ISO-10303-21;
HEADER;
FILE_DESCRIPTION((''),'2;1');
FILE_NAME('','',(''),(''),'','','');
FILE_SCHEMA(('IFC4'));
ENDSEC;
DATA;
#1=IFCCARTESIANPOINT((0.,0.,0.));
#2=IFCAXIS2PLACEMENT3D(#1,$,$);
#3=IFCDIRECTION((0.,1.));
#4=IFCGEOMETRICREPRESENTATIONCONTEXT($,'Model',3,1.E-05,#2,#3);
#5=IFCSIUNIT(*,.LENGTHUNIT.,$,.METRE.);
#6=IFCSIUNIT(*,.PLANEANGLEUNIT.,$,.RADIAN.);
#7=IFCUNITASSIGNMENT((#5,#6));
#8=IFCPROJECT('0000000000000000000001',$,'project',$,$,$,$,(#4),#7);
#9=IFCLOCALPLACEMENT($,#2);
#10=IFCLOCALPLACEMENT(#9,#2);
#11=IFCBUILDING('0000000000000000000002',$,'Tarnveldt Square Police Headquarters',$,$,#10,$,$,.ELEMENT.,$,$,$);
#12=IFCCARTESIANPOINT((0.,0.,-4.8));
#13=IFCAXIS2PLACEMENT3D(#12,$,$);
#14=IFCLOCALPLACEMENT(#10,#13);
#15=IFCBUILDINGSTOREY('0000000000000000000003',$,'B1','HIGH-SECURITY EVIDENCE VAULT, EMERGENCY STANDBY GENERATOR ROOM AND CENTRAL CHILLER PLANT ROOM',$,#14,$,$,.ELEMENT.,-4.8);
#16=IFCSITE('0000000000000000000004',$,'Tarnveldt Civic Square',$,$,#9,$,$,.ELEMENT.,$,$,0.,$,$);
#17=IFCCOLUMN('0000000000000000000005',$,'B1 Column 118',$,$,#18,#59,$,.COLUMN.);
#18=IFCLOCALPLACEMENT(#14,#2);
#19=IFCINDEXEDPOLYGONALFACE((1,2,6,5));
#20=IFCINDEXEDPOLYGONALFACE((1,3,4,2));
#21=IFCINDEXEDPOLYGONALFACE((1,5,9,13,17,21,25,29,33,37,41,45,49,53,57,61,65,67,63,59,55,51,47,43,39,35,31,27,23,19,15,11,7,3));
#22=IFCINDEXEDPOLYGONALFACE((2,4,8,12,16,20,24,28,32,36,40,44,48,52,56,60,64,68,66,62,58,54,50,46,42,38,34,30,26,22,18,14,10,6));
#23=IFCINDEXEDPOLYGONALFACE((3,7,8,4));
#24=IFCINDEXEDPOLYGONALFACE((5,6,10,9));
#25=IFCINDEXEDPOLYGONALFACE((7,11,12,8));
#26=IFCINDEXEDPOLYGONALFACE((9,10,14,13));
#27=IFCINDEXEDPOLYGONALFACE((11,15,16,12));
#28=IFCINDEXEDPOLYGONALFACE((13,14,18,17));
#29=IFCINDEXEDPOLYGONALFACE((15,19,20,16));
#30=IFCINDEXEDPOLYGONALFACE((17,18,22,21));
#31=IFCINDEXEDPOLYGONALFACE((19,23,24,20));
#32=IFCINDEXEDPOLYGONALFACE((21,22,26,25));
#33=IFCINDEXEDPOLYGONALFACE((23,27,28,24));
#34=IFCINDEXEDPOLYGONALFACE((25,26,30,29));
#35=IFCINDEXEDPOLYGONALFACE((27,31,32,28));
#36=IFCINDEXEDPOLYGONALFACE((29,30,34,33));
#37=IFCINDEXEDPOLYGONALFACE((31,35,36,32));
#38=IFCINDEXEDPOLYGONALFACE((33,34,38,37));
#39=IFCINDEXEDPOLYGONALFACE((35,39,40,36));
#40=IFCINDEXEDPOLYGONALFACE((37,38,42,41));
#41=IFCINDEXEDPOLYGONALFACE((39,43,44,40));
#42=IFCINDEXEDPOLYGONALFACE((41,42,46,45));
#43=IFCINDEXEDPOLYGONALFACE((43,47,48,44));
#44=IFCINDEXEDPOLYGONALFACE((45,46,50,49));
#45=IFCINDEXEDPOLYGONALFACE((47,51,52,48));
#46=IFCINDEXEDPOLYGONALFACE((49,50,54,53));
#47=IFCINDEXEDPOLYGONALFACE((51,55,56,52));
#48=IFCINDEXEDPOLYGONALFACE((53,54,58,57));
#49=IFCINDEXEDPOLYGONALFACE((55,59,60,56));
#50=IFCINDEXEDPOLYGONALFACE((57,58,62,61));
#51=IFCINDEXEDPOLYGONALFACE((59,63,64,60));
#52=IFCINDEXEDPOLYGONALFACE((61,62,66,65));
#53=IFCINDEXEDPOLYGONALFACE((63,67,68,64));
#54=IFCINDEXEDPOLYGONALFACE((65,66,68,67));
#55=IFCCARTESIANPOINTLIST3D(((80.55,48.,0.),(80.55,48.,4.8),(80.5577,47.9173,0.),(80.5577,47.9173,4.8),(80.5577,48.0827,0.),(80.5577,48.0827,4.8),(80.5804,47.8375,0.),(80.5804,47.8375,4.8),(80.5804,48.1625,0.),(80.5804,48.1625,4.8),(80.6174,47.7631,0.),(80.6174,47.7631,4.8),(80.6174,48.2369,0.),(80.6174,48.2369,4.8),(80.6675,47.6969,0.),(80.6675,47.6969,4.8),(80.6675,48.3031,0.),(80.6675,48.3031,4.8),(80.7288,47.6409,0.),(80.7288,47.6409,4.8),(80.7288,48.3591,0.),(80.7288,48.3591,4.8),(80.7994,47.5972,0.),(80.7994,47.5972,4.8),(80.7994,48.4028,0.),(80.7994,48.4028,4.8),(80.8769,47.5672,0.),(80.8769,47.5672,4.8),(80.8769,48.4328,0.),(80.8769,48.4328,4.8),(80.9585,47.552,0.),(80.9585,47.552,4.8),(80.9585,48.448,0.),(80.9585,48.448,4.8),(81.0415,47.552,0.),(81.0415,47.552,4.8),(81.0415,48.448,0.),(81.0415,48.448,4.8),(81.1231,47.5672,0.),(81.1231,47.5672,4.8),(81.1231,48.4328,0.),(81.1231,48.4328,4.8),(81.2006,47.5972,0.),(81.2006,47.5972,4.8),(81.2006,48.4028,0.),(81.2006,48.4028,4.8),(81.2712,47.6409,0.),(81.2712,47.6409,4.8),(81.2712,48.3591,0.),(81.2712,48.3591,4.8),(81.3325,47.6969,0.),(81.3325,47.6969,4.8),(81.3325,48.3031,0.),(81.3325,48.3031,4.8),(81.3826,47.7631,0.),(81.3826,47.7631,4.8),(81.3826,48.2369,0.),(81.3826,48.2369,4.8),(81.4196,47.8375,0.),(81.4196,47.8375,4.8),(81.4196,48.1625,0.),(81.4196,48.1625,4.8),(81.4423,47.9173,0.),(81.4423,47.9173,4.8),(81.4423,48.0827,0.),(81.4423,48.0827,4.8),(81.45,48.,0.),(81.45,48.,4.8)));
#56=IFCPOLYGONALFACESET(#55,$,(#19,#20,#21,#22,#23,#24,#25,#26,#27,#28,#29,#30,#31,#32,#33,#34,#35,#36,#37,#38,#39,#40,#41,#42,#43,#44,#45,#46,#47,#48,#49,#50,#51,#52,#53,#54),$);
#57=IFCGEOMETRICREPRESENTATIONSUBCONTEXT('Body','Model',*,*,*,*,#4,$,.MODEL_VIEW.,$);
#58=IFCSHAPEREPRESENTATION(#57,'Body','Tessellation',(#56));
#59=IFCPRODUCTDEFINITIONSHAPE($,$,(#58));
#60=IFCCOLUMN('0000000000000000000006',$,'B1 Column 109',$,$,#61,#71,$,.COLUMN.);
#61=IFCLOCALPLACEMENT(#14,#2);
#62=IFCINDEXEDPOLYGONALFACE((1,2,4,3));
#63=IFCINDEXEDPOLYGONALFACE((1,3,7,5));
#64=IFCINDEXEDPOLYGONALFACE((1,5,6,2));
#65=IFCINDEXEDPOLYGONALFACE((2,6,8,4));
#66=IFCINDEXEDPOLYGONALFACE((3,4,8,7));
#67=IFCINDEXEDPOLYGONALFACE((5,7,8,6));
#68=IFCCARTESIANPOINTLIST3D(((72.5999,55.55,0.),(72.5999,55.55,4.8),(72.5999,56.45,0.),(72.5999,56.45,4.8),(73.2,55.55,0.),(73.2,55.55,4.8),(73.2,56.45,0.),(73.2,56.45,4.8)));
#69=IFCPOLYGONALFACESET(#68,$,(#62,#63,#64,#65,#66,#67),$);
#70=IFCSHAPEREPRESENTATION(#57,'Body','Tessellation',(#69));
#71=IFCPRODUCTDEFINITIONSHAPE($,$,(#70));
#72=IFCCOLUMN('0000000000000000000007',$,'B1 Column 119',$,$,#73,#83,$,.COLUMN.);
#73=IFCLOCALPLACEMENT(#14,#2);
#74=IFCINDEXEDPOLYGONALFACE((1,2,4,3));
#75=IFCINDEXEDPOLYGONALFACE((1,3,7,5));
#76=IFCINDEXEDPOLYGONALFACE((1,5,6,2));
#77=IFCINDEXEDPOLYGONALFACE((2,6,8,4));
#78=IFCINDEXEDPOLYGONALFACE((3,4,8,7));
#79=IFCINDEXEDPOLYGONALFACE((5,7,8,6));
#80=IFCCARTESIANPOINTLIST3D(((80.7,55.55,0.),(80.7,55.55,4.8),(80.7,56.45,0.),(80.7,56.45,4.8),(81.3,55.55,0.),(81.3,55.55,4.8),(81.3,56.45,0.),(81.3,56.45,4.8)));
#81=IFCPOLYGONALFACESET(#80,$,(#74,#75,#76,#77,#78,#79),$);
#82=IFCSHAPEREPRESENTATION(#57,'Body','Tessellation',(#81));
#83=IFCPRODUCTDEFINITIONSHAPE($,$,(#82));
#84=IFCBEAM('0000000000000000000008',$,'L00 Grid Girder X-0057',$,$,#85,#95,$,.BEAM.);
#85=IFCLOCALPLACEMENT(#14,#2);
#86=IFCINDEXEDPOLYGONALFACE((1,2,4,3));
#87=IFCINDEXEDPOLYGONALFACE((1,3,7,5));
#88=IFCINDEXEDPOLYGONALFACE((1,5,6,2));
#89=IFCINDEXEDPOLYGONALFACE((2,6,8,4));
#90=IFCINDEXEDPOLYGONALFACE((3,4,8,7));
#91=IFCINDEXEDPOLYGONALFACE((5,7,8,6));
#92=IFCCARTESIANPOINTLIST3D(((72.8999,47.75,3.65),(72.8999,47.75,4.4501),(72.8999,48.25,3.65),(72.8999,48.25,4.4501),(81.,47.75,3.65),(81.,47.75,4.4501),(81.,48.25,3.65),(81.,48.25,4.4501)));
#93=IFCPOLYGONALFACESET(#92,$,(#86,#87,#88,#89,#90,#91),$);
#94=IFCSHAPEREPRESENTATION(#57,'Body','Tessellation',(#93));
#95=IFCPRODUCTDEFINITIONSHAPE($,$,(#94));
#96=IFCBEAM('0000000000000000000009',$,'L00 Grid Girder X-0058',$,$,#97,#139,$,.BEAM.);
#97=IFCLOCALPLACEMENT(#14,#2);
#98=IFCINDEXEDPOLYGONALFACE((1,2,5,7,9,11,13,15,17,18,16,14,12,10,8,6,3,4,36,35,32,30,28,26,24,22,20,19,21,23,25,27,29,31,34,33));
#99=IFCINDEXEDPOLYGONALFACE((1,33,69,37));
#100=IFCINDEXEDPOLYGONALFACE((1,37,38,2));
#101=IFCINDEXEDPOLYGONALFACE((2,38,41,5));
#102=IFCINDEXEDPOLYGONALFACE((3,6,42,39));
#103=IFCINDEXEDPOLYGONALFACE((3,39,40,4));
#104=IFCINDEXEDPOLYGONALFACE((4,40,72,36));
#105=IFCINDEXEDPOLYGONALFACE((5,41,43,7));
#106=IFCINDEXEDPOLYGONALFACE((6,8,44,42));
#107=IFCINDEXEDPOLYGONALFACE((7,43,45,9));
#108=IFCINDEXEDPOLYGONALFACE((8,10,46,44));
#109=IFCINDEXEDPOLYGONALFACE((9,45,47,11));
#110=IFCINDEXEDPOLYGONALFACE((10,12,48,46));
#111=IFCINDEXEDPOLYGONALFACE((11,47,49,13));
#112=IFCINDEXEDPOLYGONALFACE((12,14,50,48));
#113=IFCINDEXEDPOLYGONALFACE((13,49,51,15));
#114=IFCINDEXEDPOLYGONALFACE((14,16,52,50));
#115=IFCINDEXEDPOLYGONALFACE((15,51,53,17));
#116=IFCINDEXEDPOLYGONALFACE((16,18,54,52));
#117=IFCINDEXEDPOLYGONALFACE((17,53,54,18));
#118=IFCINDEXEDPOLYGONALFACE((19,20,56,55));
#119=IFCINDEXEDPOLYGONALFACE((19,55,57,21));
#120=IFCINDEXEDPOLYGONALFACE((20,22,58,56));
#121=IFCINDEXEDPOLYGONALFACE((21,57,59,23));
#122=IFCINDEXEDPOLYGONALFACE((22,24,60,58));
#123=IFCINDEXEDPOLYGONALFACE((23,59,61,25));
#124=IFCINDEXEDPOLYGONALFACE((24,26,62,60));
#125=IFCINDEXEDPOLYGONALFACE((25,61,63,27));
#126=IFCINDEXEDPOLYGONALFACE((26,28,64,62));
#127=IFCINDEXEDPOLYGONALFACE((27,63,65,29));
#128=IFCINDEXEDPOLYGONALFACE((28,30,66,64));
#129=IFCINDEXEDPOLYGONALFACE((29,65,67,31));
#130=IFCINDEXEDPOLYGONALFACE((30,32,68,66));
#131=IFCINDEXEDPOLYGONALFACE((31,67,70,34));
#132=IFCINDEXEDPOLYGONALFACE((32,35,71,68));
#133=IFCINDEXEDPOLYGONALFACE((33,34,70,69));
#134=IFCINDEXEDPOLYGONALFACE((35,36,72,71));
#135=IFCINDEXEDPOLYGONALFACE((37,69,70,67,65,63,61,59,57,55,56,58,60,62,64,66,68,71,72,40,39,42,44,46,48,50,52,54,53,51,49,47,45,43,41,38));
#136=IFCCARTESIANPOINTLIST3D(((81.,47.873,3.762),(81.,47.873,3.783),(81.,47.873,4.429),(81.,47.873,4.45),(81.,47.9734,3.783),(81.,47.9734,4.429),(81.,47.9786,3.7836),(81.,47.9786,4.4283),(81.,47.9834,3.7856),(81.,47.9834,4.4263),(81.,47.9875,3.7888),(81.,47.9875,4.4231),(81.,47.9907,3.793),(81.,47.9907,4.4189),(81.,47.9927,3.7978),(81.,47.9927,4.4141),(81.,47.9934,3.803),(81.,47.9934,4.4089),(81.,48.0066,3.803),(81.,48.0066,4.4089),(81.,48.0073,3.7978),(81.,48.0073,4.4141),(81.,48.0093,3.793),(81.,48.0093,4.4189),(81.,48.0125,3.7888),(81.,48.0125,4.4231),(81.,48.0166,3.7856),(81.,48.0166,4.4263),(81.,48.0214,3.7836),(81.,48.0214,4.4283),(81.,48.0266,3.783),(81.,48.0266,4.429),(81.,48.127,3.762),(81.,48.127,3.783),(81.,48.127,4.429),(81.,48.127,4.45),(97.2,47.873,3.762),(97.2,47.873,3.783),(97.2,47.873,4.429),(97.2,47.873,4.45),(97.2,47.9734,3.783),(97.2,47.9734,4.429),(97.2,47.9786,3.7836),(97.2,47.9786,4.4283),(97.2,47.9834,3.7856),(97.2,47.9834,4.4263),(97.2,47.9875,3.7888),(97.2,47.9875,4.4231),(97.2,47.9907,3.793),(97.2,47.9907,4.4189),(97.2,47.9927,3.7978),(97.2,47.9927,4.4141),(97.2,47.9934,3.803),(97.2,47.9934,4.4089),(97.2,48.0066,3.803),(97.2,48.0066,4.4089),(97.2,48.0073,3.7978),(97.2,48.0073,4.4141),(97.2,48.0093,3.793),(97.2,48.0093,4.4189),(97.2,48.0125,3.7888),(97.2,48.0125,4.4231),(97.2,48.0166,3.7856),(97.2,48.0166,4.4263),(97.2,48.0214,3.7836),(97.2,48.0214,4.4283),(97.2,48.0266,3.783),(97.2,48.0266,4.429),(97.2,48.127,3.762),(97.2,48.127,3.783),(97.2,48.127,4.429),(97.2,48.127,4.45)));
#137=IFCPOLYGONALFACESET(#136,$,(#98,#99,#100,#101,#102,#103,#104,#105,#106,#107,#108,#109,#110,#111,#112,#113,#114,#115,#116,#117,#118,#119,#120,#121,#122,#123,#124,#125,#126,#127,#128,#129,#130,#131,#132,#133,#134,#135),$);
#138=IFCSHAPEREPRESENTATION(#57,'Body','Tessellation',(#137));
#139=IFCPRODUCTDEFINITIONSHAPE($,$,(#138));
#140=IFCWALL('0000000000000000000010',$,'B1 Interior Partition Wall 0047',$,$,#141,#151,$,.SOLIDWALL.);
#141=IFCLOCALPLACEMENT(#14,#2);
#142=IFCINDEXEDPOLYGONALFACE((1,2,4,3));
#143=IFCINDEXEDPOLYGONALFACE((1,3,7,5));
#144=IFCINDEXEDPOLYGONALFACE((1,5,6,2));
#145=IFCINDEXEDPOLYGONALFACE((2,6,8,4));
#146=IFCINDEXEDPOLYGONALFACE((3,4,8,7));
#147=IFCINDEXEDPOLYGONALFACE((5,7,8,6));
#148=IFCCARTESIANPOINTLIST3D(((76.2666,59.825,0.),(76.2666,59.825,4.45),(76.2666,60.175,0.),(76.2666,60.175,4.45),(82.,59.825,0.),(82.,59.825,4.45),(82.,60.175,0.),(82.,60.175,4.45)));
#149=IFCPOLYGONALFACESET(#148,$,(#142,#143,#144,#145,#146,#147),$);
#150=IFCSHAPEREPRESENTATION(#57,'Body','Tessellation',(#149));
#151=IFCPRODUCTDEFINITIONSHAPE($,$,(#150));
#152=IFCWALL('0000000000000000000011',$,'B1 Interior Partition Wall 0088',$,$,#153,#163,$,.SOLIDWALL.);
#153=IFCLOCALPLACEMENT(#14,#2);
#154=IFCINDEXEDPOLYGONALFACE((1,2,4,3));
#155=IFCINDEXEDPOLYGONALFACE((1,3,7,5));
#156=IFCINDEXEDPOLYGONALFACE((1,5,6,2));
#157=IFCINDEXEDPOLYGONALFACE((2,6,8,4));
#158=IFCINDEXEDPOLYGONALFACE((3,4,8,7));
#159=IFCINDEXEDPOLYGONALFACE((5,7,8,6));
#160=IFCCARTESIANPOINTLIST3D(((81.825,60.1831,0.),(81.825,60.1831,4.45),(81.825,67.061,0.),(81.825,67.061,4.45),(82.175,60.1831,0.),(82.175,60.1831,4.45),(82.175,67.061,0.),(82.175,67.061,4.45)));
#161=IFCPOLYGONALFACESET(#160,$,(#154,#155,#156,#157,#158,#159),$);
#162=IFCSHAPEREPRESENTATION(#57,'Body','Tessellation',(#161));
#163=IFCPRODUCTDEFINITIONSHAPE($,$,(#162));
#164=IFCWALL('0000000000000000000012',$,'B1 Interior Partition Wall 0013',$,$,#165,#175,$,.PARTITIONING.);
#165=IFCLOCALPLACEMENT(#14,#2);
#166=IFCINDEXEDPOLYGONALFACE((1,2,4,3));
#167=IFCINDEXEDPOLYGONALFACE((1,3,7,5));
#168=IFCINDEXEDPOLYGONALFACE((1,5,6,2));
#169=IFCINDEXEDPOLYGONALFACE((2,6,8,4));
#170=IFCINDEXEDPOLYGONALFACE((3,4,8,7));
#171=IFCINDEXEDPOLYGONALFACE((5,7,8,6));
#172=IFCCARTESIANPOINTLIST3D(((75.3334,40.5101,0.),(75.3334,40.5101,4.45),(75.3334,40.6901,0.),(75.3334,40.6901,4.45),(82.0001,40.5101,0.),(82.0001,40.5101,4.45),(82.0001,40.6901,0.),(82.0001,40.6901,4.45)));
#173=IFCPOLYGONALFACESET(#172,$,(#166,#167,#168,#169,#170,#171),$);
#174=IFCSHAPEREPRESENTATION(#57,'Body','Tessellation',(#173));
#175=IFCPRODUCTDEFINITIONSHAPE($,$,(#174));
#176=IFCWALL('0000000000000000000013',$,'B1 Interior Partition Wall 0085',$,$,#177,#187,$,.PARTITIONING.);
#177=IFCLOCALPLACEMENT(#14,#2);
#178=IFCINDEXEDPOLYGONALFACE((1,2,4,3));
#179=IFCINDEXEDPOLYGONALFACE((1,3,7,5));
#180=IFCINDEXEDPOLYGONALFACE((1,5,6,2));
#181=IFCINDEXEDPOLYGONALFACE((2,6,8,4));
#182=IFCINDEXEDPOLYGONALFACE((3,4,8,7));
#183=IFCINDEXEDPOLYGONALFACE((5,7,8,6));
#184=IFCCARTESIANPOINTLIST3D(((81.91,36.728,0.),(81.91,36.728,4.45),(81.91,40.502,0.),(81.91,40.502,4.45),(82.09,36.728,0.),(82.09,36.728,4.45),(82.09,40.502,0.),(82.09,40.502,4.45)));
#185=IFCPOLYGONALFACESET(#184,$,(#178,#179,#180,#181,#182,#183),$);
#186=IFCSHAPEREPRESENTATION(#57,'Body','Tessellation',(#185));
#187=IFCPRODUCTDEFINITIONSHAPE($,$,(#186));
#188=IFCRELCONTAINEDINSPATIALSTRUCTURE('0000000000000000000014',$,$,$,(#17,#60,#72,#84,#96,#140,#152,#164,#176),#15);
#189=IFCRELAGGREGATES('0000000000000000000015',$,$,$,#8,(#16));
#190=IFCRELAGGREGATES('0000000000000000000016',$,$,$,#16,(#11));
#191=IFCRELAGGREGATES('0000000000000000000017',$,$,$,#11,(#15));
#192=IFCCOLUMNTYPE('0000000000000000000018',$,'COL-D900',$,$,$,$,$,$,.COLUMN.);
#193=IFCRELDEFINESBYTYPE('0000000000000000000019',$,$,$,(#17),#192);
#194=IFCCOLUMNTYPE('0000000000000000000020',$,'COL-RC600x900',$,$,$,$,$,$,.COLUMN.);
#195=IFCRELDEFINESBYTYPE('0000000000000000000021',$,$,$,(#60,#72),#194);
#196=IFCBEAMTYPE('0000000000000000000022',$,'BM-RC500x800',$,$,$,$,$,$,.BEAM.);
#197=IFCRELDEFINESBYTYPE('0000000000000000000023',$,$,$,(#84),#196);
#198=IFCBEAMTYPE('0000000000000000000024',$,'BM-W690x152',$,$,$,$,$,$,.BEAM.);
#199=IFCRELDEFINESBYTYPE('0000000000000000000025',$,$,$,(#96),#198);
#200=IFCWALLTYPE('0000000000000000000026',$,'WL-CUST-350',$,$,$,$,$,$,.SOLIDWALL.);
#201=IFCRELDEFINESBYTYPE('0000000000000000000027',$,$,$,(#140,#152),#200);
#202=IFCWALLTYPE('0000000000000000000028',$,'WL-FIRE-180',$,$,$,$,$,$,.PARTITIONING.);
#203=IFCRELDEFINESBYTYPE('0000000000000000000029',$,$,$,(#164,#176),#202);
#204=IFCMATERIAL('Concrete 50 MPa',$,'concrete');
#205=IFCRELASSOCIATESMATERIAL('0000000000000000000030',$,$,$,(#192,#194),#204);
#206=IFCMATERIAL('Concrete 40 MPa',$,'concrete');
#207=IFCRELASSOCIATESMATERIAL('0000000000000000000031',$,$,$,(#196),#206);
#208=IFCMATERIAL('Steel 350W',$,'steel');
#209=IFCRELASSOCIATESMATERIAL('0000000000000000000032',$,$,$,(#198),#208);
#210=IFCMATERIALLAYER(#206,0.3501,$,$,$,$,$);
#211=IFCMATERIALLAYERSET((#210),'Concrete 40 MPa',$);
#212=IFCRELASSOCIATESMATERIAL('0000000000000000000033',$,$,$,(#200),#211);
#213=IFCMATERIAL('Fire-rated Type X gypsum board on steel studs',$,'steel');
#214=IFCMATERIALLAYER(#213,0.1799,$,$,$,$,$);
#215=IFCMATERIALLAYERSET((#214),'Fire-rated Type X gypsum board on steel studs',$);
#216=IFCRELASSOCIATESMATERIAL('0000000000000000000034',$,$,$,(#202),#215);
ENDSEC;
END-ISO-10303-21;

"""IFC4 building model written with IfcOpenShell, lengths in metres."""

from ifc_helpers import new_model, si_unit, direction, frame, frame_2d, origin, origin_2d, place, context, subcontext, project, spatial, rectangle, circle, i_section, extrude, material, layer, layer_set, material_profile, profile_set, type_object, element, save


model = new_model("IFC4")

# Units and contexts
model_context = context("Model", 3, precision=1e-05, world=origin(), true_north=direction((0.0, 1.0)))
body_context = subcontext(model_context, "Body", "Model", "MODEL_VIEW")
ifc_project = project(units=[si_unit("LENGTHUNIT", "METRE"), si_unit("PLANEANGLEUNIT", "RADIAN")], contexts=[model_context])

# Site, building, storey
site_placement = place(None, origin())
site = spatial("IfcSite", under=ifc_project, at=site_placement, Name="Tarnveldt Civic Square", CompositionType="ELEMENT", RefElevation=0.0)
building_placement = place(site_placement, origin())
building = spatial("IfcBuilding", under=site, at=building_placement, Name="Tarnveldt Square Police Headquarters", CompositionType="ELEMENT")
storey_placement = place(building_placement, frame((0.0, 0.0, -4.8)))
storey = spatial("IfcBuildingStorey", under=building, at=storey_placement, Name="B1", Description="HIGH-SECURITY EVIDENCE VAULT, EMERGENCY STANDBY GENERATOR ROOM AND CENTRAL CHILLER PLANT ROOM", CompositionType="ELEMENT", Elevation=-4.8)

# Columns
ifc_material_1 = material(Name="Concrete 50 MPa", Category="concrete")
ifc_material_profile_1 = material_profile(ifc_material_1, circle(Radius=0.45, at=origin_2d()), Name="RC-D900")
ifc_profile_set_1 = profile_set([ifc_material_profile_1], Name="Concrete 50 MPa")
column_type_1 = type_object("IfcColumnType", Name="COL-D900", PredefinedType="COLUMN", material=ifc_profile_set_1)
for number, where, z_axis, x_axis, name in (
    (1, (81.0, 48.0, 0.0), (0.0, 0.0, 1.0), (1.0, 0.0, 0.0), "B1 Column 118"),
):
    element("IfcColumn", number, at=place(storey_placement, frame(where, z_axis=z_axis, x_axis=x_axis)), inside=storey, type_object=column_type_1, Name=name, PredefinedType="COLUMN", context=body_context, shape_type="SweptSolid", body=[
        extrude(circle(Radius=0.45, at=origin_2d()), origin(), (0.0, 0.0, 1.0), 4.8),
    ])
ifc_material_profile_2 = material_profile(ifc_material_1, rectangle(XDim=0.6001, YDim=0.8999, at=origin_2d()), Name="RC-C600x900")
ifc_profile_set_2 = profile_set([ifc_material_profile_2], Name="Concrete 50 MPa")
column_type_2 = type_object("IfcColumnType", Name="COL-RC600x900", PredefinedType="COLUMN", material=ifc_profile_set_2)
for number, where, z_axis, x_axis, name in (
    (2, (72.8999, 56.0, 0.0), (0.0, 0.0, 1.0), (1.0, 0.0, 0.0), "B1 Column 109"),
    (3, (81.0, 56.0, 0.0), (0.0, 0.0, 1.0), (1.0, 0.0, 0.0), "B1 Column 119"),
):
    element("IfcColumn", number, at=place(storey_placement, frame(where, z_axis=z_axis, x_axis=x_axis)), inside=storey, type_object=column_type_2, Name=name, PredefinedType="COLUMN", context=body_context, shape_type="SweptSolid", body=[
        extrude(rectangle(XDim=0.6001, YDim=0.8999, at=origin_2d()), origin(), (0.0, 0.0, 1.0), 4.8),
    ])

# Beams
ifc_material_2 = material(Name="Concrete 40 MPa", Category="concrete")
ifc_material_profile_3 = material_profile(ifc_material_2, rectangle(XDim=0.5, YDim=0.8, at=origin_2d()), Name="RC-B500x800")
ifc_profile_set_3 = profile_set([ifc_material_profile_3], Name="Concrete 40 MPa")
beam_type_1 = type_object("IfcBeamType", Name="BM-RC500x800", PredefinedType="BEAM", material=ifc_profile_set_3)
beam_1_placement = place(storey_placement, frame((72.8999, 48.0, 4.05), z_axis=(1.0, 0.0, 0.0), x_axis=(0.0, 1.0, 0.0)))
element("IfcBeam", 4, at=beam_1_placement, inside=storey, type_object=beam_type_1, Name="L00 Grid Girder X-0057", PredefinedType="BEAM", context=body_context, shape_type="SweptSolid", body=[
    extrude(rectangle(XDim=0.5, YDim=0.8, at=origin_2d()), origin(), (0.0, 0.0, 1.0), 8.1001),
])
ifc_material_3 = material(Name="Steel 350W", Category="steel")
ifc_material_profile_4 = material_profile(ifc_material_3, i_section(OverallWidth=0.2539, OverallDepth=0.688, WebThickness=0.0132, FlangeThickness=0.021, FilletRadius=0.02, at=origin_2d()), Name="W690x152")
ifc_profile_set_4 = profile_set([ifc_material_profile_4], Name="Steel 350W")
beam_type_2 = type_object("IfcBeamType", Name="BM-W690x152", PredefinedType="BEAM", material=ifc_profile_set_4)
beam_2_placement = place(storey_placement, frame((81.0, 48.0, 4.106), z_axis=(1.0, 0.0, 0.0), x_axis=(0.0, 1.0, 0.0)))
element("IfcBeam", 5, at=beam_2_placement, inside=storey, type_object=beam_type_2, Name="L00 Grid Girder X-0058", PredefinedType="BEAM", context=body_context, shape_type="SweptSolid", body=[
    extrude(i_section(OverallWidth=0.2539, OverallDepth=0.688, WebThickness=0.0132, FlangeThickness=0.021, FilletRadius=0.02, at=origin_2d()), origin(), (0.0, 0.0, 1.0), 16.2),
])

# Walls
ifc_layer_1 = layer(ifc_material_2, 0.3501)
ifc_layer_set_1 = layer_set([ifc_layer_1], Name="Concrete 40 MPa")
wall_type_1 = type_object("IfcWallType", Name="WL-CUST-350", PredefinedType="SOLIDWALL", material=ifc_layer_set_1)
wall_1_placement = place(storey_placement, frame((76.2666, 60.0, 0.0), z_axis=(0.0, 0.0, 1.0), x_axis=(1.0, 0.0, 0.0)))
element("IfcWall", 6, at=wall_1_placement, inside=storey, type_object=wall_type_1, Name="B1 Interior Partition Wall 0047", PredefinedType="SOLIDWALL", context=body_context, shape_type="SweptSolid", body=[
    extrude(rectangle(XDim=5.7334, YDim=0.3501, at=frame_2d((2.8667, 0.0))), origin(), (0.0, 0.0, 1.0), 4.45),
])
wall_2_placement = place(storey_placement, frame((82.0, 60.1831, 0.0), z_axis=(0.0, 0.0, 1.0), x_axis=(0.0, 1.0, 0.0)))
element("IfcWall", 7, at=wall_2_placement, inside=storey, type_object=wall_type_1, Name="B1 Interior Partition Wall 0088", PredefinedType="SOLIDWALL", context=body_context, shape_type="SweptSolid", body=[
    extrude(rectangle(XDim=6.8779, YDim=0.3501, at=frame_2d((3.439, 0.0))), origin(), (0.0, 0.0, 1.0), 4.45),
])
ifc_material_4 = material(Name="Fire-rated Type X gypsum board on steel studs", Category="steel")
ifc_layer_2 = layer(ifc_material_4, 0.1799)
ifc_layer_set_2 = layer_set([ifc_layer_2], Name="Fire-rated Type X gypsum board on steel studs")
wall_type_2 = type_object("IfcWallType", Name="WL-FIRE-180", PredefinedType="PARTITIONING", material=ifc_layer_set_2)
wall_3_placement = place(storey_placement, frame((75.3333, 40.6001, 0.0), z_axis=(0.0, 0.0, 1.0), x_axis=(1.0, 0.0, 0.0)))
element("IfcWall", 8, at=wall_3_placement, inside=storey, type_object=wall_type_2, Name="B1 Interior Partition Wall 0013", PredefinedType="PARTITIONING", context=body_context, shape_type="SweptSolid", body=[
    extrude(rectangle(XDim=6.6667, YDim=0.1799, at=frame_2d((3.3335, 0.0))), origin(), (0.0, 0.0, 1.0), 4.45),
])
wall_4_placement = place(storey_placement, frame((82.0, 36.728, 0.0), z_axis=(0.0, 0.0, 1.0), x_axis=(0.0, 1.0, 0.0)))
element("IfcWall", 9, at=wall_4_placement, inside=storey, type_object=wall_type_2, Name="B1 Interior Partition Wall 0085", PredefinedType="PARTITIONING", context=body_context, shape_type="SweptSolid", body=[
    extrude(rectangle(XDim=3.7739, YDim=0.1799, at=frame_2d((1.887, 0.0))), origin(), (0.0, 0.0, 1.0), 4.45),
])

save(model, "model.ifc")
